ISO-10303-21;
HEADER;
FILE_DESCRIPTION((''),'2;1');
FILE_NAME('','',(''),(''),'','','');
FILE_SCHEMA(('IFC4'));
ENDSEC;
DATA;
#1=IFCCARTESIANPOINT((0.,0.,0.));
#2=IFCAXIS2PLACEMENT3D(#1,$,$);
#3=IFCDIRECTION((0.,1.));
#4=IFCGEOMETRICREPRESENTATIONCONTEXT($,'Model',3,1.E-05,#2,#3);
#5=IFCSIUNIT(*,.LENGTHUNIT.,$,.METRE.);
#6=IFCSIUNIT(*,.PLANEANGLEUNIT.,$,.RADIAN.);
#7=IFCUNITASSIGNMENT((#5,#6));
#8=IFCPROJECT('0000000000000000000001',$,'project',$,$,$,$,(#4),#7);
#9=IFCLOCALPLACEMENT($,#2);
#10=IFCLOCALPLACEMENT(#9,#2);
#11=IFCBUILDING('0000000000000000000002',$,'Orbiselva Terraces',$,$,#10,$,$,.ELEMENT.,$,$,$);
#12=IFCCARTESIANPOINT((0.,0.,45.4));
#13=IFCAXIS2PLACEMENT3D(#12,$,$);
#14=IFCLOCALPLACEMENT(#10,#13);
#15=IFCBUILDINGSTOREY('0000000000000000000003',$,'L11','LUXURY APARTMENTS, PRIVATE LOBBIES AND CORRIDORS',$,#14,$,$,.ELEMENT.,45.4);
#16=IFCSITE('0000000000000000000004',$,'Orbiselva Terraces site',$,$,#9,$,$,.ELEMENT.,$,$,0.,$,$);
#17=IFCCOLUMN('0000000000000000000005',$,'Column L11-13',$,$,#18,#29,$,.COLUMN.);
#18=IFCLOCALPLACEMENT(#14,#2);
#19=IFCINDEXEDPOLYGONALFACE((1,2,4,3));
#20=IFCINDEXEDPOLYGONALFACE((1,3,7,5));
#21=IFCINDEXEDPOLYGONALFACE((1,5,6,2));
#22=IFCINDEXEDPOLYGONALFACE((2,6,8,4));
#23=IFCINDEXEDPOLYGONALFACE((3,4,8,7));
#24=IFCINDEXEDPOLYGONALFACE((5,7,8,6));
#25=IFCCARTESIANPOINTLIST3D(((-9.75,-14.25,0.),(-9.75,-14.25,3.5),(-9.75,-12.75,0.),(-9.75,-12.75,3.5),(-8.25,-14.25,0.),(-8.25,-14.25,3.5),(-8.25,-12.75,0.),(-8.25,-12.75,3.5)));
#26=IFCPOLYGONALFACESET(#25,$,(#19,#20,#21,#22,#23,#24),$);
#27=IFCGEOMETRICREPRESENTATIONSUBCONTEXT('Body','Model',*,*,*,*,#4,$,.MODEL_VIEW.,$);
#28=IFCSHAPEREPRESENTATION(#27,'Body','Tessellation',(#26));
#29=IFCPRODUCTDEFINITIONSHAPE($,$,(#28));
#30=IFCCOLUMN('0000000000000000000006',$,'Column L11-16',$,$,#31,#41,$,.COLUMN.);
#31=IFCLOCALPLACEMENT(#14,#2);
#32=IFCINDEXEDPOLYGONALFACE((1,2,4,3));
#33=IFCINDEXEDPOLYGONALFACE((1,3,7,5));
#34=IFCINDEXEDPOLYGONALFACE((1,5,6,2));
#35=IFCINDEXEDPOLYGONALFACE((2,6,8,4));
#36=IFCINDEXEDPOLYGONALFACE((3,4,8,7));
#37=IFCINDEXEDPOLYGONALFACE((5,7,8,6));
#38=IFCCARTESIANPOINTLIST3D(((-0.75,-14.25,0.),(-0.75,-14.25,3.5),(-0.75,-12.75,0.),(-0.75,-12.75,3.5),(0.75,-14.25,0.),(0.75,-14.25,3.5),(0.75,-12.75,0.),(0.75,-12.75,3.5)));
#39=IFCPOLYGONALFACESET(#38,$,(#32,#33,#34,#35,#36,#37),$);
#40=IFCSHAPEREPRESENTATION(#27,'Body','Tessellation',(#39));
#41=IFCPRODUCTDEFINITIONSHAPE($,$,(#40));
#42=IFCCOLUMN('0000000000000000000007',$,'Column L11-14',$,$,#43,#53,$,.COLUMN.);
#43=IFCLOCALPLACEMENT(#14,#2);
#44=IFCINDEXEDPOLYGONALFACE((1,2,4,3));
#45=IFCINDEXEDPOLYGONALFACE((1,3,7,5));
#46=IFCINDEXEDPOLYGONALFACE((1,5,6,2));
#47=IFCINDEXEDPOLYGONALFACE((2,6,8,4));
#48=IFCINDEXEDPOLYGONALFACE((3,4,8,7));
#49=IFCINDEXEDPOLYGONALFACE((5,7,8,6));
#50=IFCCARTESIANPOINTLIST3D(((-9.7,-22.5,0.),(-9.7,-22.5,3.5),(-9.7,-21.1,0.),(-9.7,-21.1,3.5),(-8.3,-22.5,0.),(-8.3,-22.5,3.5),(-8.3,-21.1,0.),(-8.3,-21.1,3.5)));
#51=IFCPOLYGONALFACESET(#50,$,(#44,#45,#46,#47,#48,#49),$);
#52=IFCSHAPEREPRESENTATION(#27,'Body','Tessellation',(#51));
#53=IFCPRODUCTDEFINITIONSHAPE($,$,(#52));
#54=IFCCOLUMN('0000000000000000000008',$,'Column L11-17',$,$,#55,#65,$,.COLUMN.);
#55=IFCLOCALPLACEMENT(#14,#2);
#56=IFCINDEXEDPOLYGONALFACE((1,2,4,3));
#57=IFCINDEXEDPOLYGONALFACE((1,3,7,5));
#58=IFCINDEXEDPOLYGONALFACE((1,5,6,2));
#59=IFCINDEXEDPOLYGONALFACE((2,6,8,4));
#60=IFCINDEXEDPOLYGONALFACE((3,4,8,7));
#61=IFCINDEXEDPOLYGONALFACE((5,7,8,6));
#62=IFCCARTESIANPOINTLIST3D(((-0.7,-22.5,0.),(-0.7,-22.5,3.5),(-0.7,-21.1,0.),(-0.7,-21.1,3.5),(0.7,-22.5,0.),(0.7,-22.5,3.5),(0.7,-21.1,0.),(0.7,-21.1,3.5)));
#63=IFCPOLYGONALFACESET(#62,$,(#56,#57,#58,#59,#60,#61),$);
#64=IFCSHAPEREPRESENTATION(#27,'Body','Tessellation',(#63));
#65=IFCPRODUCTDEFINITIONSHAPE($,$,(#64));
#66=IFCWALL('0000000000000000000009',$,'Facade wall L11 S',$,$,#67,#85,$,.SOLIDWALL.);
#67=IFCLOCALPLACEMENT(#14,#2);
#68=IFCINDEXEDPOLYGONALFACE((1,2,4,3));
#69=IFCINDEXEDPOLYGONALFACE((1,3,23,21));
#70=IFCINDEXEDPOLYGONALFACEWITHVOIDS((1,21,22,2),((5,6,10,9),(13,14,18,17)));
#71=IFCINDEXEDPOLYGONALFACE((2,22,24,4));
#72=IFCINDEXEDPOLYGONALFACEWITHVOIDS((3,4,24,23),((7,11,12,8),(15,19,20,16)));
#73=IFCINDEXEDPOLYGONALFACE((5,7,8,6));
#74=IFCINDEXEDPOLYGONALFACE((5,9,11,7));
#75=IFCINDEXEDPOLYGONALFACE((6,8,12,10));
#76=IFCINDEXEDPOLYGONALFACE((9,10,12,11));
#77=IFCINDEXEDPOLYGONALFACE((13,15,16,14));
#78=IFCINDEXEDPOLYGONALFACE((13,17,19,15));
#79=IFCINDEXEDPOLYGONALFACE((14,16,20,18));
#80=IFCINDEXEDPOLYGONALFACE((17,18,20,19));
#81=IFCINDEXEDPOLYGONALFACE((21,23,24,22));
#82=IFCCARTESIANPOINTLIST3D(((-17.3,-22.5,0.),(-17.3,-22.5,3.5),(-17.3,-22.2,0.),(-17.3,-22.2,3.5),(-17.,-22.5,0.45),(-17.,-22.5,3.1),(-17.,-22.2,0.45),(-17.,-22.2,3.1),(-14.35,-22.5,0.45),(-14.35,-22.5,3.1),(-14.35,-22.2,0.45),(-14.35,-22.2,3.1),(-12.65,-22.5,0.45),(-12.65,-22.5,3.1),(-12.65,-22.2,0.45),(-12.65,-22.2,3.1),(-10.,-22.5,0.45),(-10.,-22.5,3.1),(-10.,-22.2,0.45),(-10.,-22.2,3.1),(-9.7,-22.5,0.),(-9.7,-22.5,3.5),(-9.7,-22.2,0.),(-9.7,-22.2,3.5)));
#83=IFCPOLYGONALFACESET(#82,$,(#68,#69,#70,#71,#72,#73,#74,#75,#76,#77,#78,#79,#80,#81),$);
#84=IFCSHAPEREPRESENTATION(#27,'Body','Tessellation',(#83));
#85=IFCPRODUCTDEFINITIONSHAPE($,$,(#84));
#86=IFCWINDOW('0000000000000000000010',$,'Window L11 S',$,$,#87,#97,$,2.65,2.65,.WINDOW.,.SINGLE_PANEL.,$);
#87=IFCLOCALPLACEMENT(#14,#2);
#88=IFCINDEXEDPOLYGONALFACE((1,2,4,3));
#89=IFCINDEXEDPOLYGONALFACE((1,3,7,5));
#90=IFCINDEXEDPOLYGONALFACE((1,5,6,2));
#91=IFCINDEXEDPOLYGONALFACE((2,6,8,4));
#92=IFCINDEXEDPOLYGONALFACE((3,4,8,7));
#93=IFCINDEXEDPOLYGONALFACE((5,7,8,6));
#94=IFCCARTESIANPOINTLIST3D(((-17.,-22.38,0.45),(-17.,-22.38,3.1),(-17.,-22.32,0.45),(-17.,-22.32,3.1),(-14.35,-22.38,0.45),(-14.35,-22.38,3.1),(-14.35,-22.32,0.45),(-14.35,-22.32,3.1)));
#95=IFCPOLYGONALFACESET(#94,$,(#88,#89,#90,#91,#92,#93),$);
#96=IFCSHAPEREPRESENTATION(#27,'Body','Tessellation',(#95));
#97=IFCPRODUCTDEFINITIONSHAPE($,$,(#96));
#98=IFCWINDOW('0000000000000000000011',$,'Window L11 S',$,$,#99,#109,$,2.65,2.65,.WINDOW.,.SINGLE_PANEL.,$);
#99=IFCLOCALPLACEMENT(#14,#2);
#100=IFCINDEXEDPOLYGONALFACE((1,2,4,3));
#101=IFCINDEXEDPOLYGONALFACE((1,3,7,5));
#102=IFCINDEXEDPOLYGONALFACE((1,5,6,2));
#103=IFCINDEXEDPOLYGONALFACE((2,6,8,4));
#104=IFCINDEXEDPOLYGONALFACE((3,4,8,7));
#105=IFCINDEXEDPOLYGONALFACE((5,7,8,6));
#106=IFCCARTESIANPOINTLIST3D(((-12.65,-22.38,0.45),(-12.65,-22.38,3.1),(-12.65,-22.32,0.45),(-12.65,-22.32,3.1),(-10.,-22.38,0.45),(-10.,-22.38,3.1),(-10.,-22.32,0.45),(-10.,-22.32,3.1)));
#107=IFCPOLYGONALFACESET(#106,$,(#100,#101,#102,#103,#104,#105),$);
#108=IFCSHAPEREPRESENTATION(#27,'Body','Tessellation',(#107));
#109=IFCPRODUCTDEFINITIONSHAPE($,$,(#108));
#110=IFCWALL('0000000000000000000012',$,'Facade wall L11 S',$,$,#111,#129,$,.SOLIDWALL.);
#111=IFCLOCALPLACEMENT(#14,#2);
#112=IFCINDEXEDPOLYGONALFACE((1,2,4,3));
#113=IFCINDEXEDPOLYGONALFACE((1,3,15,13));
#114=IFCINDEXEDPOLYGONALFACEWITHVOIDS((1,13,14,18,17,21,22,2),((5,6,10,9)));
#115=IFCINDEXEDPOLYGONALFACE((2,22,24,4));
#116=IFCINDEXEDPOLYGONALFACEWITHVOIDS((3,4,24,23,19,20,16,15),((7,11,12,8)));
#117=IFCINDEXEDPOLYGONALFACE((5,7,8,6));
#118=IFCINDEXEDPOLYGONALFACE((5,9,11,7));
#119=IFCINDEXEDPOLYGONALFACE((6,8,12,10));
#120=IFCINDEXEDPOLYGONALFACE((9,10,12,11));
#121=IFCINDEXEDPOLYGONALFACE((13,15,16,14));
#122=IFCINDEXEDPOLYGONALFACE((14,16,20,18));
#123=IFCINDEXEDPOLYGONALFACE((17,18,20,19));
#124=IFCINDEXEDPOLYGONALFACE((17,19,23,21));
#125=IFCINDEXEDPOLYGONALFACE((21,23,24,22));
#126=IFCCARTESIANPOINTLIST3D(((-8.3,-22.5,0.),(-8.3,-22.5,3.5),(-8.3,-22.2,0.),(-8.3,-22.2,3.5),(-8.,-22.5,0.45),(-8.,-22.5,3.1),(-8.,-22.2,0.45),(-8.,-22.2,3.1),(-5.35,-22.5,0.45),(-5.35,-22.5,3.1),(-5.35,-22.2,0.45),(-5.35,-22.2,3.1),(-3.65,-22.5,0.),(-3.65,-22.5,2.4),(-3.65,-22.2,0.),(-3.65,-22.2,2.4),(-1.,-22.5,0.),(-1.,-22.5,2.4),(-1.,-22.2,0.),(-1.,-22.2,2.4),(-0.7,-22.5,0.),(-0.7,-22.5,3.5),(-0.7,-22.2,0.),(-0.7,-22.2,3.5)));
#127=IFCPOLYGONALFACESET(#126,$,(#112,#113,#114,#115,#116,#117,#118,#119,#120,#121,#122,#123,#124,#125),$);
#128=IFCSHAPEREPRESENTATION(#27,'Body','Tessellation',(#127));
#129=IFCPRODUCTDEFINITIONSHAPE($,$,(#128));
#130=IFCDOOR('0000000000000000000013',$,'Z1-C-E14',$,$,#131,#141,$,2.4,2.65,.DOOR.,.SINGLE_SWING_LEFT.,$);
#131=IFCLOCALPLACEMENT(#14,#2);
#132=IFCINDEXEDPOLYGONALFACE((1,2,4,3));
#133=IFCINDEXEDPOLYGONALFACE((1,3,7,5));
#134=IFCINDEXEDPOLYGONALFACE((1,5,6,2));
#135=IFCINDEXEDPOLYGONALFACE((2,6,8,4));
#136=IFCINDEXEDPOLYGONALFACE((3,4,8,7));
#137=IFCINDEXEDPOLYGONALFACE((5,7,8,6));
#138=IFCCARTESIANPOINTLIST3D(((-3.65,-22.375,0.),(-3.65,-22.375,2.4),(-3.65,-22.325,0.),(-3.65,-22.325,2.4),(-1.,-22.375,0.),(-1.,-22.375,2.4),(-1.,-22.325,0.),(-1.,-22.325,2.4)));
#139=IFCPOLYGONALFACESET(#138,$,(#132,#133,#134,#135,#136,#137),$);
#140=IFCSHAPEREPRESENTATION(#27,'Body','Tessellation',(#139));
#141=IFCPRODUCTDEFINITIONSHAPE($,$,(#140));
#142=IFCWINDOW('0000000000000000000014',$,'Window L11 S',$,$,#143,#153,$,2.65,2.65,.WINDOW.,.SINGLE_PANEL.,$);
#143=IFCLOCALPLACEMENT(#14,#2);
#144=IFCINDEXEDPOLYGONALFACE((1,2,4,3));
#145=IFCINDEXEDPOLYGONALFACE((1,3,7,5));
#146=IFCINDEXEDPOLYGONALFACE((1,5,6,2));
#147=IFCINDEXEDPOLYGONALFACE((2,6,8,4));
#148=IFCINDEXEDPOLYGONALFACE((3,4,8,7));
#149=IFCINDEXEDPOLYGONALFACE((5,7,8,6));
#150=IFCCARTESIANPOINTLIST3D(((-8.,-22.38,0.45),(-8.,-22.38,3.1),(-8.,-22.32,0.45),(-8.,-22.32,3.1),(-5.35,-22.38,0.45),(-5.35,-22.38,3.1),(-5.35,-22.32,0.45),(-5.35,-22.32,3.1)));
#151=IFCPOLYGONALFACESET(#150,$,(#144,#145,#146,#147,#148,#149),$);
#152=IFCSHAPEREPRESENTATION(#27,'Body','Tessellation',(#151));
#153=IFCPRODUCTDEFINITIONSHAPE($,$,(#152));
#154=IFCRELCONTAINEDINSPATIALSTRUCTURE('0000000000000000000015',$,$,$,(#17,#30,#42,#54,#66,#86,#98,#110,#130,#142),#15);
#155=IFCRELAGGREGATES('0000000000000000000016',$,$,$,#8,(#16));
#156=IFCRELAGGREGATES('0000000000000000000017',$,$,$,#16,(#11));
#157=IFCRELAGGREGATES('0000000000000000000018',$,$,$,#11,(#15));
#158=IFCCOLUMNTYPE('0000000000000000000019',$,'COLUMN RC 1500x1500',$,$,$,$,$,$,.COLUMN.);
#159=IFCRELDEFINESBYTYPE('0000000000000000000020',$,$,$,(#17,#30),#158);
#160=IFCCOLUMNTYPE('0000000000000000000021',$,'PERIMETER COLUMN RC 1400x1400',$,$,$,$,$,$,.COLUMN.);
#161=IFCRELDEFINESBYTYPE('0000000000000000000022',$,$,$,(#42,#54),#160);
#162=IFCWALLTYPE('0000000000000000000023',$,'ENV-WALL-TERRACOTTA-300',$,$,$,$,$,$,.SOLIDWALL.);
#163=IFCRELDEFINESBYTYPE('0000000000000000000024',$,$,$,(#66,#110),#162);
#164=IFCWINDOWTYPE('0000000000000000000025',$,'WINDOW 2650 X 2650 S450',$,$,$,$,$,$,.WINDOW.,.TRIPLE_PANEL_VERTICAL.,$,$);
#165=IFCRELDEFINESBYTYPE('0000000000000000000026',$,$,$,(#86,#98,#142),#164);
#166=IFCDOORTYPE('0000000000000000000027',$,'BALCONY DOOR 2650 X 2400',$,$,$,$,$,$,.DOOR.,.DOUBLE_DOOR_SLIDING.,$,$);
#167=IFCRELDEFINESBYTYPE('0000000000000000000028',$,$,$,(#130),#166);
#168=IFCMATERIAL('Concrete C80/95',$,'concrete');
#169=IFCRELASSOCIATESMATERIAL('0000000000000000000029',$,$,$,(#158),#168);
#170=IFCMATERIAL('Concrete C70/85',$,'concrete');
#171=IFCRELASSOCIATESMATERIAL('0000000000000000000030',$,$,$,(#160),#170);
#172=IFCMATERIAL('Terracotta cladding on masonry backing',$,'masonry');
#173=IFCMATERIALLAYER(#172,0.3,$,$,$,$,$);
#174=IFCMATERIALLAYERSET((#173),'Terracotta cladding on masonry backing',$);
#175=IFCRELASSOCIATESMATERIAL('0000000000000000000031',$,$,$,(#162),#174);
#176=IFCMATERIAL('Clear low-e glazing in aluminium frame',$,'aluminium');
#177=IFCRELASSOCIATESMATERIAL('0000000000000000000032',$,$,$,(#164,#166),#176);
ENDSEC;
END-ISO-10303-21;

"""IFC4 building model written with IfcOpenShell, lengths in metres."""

from ifc_helpers import new_model, si_unit, direction, frame, frame_2d, origin, origin_2d, place, context, subcontext, project, spatial, rectangle, extrude, material, layer, layer_set, material_profile, profile_set, type_object, element, fill, save


model = new_model("IFC4")

# Units and contexts
model_context = context("Model", 3, precision=1e-05, world=origin(), true_north=direction((0.0, 1.0)))
body_context = subcontext(model_context, "Body", "Model", "MODEL_VIEW")
ifc_project = project(units=[si_unit("LENGTHUNIT", "METRE"), si_unit("PLANEANGLEUNIT", "RADIAN")], contexts=[model_context])

# Site, building, storey
site_placement = place(None, origin())
site = spatial("IfcSite", under=ifc_project, at=site_placement, Name="Orbiselva Terraces site", CompositionType="ELEMENT", RefElevation=0.0)
building_placement = place(site_placement, origin())
building = spatial("IfcBuilding", under=site, at=building_placement, Name="Orbiselva Terraces", CompositionType="ELEMENT")
storey_placement = place(building_placement, frame((0.0, 0.0, 45.4)))
storey = spatial("IfcBuildingStorey", under=building, at=storey_placement, Name="L11", Description="LUXURY APARTMENTS, PRIVATE LOBBIES AND CORRIDORS", CompositionType="ELEMENT", Elevation=45.4)

# Columns
ifc_material_1 = material(Name="Concrete C80/95", Category="concrete")
ifc_material_profile_1 = material_profile(ifc_material_1, rectangle(XDim=1.5, YDim=1.5, at=origin_2d()), Name="RC 1500x1500")
ifc_profile_set_1 = profile_set([ifc_material_profile_1], Name="Concrete C80/95")
column_type_1 = type_object("IfcColumnType", Name="COLUMN RC 1500x1500", PredefinedType="COLUMN", material=ifc_profile_set_1)
for number, where, z_axis, x_axis, name in (
    (1, (-9.0, -13.5, 0.0), (0.0, 0.0, 1.0), (1.0, 0.0, 0.0), "Column L11-13"),
    (2, (0.0, -13.5, 0.0), (0.0, 0.0, 1.0), (1.0, 0.0, 0.0), "Column L11-16"),
):
    element("IfcColumn", number, at=place(storey_placement, frame(where, z_axis=z_axis, x_axis=x_axis)), inside=storey, type_object=column_type_1, Name=name, PredefinedType="COLUMN", context=body_context, shape_type="SweptSolid", body=[
        extrude(rectangle(XDim=1.5, YDim=1.5, at=origin_2d()), origin(), (0.0, 0.0, 1.0), 3.5),
    ])
ifc_material_2 = material(Name="Concrete C70/85", Category="concrete")
ifc_material_profile_2 = material_profile(ifc_material_2, rectangle(XDim=1.4, YDim=1.4, at=origin_2d()), Name="RC 1400x1400")
ifc_profile_set_2 = profile_set([ifc_material_profile_2], Name="Concrete C70/85")
column_type_2 = type_object("IfcColumnType", Name="PERIMETER COLUMN RC 1400x1400", PredefinedType="COLUMN", material=ifc_profile_set_2)
for number, where, z_axis, x_axis, name in (
    (3, (-9.0, -21.8, 0.0), (0.0, 0.0, 1.0), (1.0, 0.0, 0.0), "Column L11-14"),
    (4, (0.0, -21.8, 0.0), (0.0, 0.0, 1.0), (1.0, 0.0, 0.0), "Column L11-17"),
):
    element("IfcColumn", number, at=place(storey_placement, frame(where, z_axis=z_axis, x_axis=x_axis)), inside=storey, type_object=column_type_2, Name=name, PredefinedType="COLUMN", context=body_context, shape_type="SweptSolid", body=[
        extrude(rectangle(XDim=1.4, YDim=1.4, at=origin_2d()), origin(), (0.0, 0.0, 1.0), 3.5),
    ])

# Wall, openings, windows
ifc_material_3 = material(Name="Terracotta cladding on masonry backing", Category="masonry")
ifc_layer_1 = layer(ifc_material_3, 0.3)
ifc_layer_set_1 = layer_set([ifc_layer_1], Name="Terracotta cladding on masonry backing")
wall_type_1 = type_object("IfcWallType", Name="ENV-WALL-TERRACOTTA-300", PredefinedType="SOLIDWALL", material=ifc_layer_set_1)
wall_1_placement = place(storey_placement, frame((-9.7, -22.35, 0.0), z_axis=(0.0, 0.0, 1.0), x_axis=(-1.0, 0.0, 0.0)))
wall_1 = element("IfcWall", 5, at=wall_1_placement, inside=storey, type_object=wall_type_1, Name="Facade wall L11 S", PredefinedType="SOLIDWALL", context=body_context, shape_type="SweptSolid", body=[
    extrude(rectangle(XDim=7.6, YDim=0.3, at=frame_2d((3.8, 0.0))), origin(), (0.0, 0.0, 1.0), 3.5),
])
opening_1_placement = place(wall_1_placement, frame((4.65, 0.0, 0.45)))
opening_1 = element("IfcOpeningElement", 6, at=opening_1_placement, cuts=wall_1, PredefinedType="OPENING", context=body_context, shape_type="SweptSolid", body=[
    extrude(rectangle(XDim=2.65, YDim=2.65, at=frame_2d((1.325, 1.325))), frame((0.0, 0.16, 0.0), z_axis=(0.0, -1.0, 0.0), x_axis=(1.0, 0.0, 0.0)), (0.0, 0.0, 1.0), 0.32),
])
opening_2_placement = place(wall_1_placement, frame((0.3, 0.0, 0.45)))
opening_2 = element("IfcOpeningElement", 7, at=opening_2_placement, cuts=wall_1, PredefinedType="OPENING", context=body_context, shape_type="SweptSolid", body=[
    extrude(rectangle(XDim=2.65, YDim=2.65, at=frame_2d((1.325, 1.325))), frame((0.0, 0.16, 0.0), z_axis=(0.0, -1.0, 0.0), x_axis=(1.0, 0.0, 0.0)), (0.0, 0.0, 1.0), 0.32),
])
ifc_material_4 = material(Name="Clear low-e glazing in aluminium frame", Category="aluminium")
window_type = type_object("IfcWindowType", Name="WINDOW 2650 X 2650 S450", PartitioningType="TRIPLE_PANEL_VERTICAL", PredefinedType="WINDOW", material=ifc_material_4)
window_1_placement = place(opening_1_placement, origin())
window_1 = element("IfcWindow", 8, at=window_1_placement, inside=storey, type_object=window_type, Name="Window L11 S", OverallHeight=2.65, OverallWidth=2.65, PartitioningType="SINGLE_PANEL", PredefinedType="WINDOW", context=body_context, shape_type="SweptSolid", body=[
    extrude(rectangle(XDim=2.65, YDim=2.65, at=frame_2d((1.325, 1.325))), frame((0.0, 0.03, 0.0), z_axis=(0.0, -1.0, 0.0), x_axis=(1.0, 0.0, 0.0)), (0.0, 0.0, 1.0), 0.06),
])
fill(opening_1, window_1)
window_2_placement = place(opening_2_placement, origin())
window_2 = element("IfcWindow", 9, at=window_2_placement, inside=storey, type_object=window_type, Name="Window L11 S", OverallHeight=2.65, OverallWidth=2.65, PartitioningType="SINGLE_PANEL", PredefinedType="WINDOW", context=body_context, shape_type="SweptSolid", body=[
    extrude(rectangle(XDim=2.65, YDim=2.65, at=frame_2d((1.325, 1.325))), frame((0.0, 0.03, 0.0), z_axis=(0.0, -1.0, 0.0), x_axis=(1.0, 0.0, 0.0)), (0.0, 0.0, 1.0), 0.06),
])
fill(opening_2, window_2)

# Wall, openings, door, window
wall_2_placement = place(storey_placement, frame((-0.7, -22.35, 0.0), z_axis=(0.0, 0.0, 1.0), x_axis=(-1.0, 0.0, 0.0)))
wall_2 = element("IfcWall", 10, at=wall_2_placement, inside=storey, type_object=wall_type_1, Name="Facade wall L11 S", PredefinedType="SOLIDWALL", context=body_context, shape_type="SweptSolid", body=[
    extrude(rectangle(XDim=7.6, YDim=0.3, at=frame_2d((3.8, 0.0))), origin(), (0.0, 0.0, 1.0), 3.5),
])
opening_3_placement = place(wall_2_placement, frame((4.65, 0.0, 0.45)))
opening_3 = element("IfcOpeningElement", 11, at=opening_3_placement, cuts=wall_2, PredefinedType="OPENING", context=body_context, shape_type="SweptSolid", body=[
    extrude(rectangle(XDim=2.65, YDim=2.65, at=frame_2d((1.325, 1.325))), frame((0.0, 0.16, 0.0), z_axis=(0.0, -1.0, 0.0), x_axis=(1.0, 0.0, 0.0)), (0.0, 0.0, 1.0), 0.32),
])
opening_4_placement = place(wall_2_placement, frame((0.3, 0.0, 0.0)))
opening_4 = element("IfcOpeningElement", 12, at=opening_4_placement, cuts=wall_2, PredefinedType="OPENING", context=body_context, shape_type="SweptSolid", body=[
    extrude(rectangle(XDim=2.65, YDim=2.4, at=frame_2d((1.325, 1.2))), frame((0.0, 0.16, 0.0), z_axis=(0.0, -1.0, 0.0), x_axis=(1.0, 0.0, 0.0)), (0.0, 0.0, 1.0), 0.32),
])
door_type_1 = type_object("IfcDoorType", Name="BALCONY DOOR 2650 X 2400", OperationType="DOUBLE_DOOR_SLIDING", PredefinedType="DOOR", material=ifc_material_4)
door_1_placement = place(opening_4_placement, origin())
door_1 = element("IfcDoor", 13, at=door_1_placement, inside=storey, type_object=door_type_1, Name="Z1-C-E14", OperationType="SINGLE_SWING_LEFT", OverallHeight=2.4, OverallWidth=2.65, PredefinedType="DOOR", context=body_context, shape_type="SweptSolid", body=[
    extrude(rectangle(XDim=2.65, YDim=2.4, at=frame_2d((1.325, 1.2))), frame((0.0, 0.025, 0.0), z_axis=(0.0, -1.0, 0.0), x_axis=(1.0, 0.0, 0.0)), (0.0, 0.0, 1.0), 0.05),
])
fill(opening_4, door_1)
window_3_placement = place(opening_3_placement, origin())
window_3 = element("IfcWindow", 14, at=window_3_placement, inside=storey, type_object=window_type, Name="Window L11 S", OverallHeight=2.65, OverallWidth=2.65, PartitioningType="SINGLE_PANEL", PredefinedType="WINDOW", context=body_context, shape_type="SweptSolid", body=[
    extrude(rectangle(XDim=2.65, YDim=2.65, at=frame_2d((1.325, 1.325))), frame((0.0, 0.03, 0.0), z_axis=(0.0, -1.0, 0.0), x_axis=(1.0, 0.0, 0.0)), (0.0, 0.0, 1.0), 0.06),
])
fill(opening_3, window_3)

save(model, "model.ifc")
